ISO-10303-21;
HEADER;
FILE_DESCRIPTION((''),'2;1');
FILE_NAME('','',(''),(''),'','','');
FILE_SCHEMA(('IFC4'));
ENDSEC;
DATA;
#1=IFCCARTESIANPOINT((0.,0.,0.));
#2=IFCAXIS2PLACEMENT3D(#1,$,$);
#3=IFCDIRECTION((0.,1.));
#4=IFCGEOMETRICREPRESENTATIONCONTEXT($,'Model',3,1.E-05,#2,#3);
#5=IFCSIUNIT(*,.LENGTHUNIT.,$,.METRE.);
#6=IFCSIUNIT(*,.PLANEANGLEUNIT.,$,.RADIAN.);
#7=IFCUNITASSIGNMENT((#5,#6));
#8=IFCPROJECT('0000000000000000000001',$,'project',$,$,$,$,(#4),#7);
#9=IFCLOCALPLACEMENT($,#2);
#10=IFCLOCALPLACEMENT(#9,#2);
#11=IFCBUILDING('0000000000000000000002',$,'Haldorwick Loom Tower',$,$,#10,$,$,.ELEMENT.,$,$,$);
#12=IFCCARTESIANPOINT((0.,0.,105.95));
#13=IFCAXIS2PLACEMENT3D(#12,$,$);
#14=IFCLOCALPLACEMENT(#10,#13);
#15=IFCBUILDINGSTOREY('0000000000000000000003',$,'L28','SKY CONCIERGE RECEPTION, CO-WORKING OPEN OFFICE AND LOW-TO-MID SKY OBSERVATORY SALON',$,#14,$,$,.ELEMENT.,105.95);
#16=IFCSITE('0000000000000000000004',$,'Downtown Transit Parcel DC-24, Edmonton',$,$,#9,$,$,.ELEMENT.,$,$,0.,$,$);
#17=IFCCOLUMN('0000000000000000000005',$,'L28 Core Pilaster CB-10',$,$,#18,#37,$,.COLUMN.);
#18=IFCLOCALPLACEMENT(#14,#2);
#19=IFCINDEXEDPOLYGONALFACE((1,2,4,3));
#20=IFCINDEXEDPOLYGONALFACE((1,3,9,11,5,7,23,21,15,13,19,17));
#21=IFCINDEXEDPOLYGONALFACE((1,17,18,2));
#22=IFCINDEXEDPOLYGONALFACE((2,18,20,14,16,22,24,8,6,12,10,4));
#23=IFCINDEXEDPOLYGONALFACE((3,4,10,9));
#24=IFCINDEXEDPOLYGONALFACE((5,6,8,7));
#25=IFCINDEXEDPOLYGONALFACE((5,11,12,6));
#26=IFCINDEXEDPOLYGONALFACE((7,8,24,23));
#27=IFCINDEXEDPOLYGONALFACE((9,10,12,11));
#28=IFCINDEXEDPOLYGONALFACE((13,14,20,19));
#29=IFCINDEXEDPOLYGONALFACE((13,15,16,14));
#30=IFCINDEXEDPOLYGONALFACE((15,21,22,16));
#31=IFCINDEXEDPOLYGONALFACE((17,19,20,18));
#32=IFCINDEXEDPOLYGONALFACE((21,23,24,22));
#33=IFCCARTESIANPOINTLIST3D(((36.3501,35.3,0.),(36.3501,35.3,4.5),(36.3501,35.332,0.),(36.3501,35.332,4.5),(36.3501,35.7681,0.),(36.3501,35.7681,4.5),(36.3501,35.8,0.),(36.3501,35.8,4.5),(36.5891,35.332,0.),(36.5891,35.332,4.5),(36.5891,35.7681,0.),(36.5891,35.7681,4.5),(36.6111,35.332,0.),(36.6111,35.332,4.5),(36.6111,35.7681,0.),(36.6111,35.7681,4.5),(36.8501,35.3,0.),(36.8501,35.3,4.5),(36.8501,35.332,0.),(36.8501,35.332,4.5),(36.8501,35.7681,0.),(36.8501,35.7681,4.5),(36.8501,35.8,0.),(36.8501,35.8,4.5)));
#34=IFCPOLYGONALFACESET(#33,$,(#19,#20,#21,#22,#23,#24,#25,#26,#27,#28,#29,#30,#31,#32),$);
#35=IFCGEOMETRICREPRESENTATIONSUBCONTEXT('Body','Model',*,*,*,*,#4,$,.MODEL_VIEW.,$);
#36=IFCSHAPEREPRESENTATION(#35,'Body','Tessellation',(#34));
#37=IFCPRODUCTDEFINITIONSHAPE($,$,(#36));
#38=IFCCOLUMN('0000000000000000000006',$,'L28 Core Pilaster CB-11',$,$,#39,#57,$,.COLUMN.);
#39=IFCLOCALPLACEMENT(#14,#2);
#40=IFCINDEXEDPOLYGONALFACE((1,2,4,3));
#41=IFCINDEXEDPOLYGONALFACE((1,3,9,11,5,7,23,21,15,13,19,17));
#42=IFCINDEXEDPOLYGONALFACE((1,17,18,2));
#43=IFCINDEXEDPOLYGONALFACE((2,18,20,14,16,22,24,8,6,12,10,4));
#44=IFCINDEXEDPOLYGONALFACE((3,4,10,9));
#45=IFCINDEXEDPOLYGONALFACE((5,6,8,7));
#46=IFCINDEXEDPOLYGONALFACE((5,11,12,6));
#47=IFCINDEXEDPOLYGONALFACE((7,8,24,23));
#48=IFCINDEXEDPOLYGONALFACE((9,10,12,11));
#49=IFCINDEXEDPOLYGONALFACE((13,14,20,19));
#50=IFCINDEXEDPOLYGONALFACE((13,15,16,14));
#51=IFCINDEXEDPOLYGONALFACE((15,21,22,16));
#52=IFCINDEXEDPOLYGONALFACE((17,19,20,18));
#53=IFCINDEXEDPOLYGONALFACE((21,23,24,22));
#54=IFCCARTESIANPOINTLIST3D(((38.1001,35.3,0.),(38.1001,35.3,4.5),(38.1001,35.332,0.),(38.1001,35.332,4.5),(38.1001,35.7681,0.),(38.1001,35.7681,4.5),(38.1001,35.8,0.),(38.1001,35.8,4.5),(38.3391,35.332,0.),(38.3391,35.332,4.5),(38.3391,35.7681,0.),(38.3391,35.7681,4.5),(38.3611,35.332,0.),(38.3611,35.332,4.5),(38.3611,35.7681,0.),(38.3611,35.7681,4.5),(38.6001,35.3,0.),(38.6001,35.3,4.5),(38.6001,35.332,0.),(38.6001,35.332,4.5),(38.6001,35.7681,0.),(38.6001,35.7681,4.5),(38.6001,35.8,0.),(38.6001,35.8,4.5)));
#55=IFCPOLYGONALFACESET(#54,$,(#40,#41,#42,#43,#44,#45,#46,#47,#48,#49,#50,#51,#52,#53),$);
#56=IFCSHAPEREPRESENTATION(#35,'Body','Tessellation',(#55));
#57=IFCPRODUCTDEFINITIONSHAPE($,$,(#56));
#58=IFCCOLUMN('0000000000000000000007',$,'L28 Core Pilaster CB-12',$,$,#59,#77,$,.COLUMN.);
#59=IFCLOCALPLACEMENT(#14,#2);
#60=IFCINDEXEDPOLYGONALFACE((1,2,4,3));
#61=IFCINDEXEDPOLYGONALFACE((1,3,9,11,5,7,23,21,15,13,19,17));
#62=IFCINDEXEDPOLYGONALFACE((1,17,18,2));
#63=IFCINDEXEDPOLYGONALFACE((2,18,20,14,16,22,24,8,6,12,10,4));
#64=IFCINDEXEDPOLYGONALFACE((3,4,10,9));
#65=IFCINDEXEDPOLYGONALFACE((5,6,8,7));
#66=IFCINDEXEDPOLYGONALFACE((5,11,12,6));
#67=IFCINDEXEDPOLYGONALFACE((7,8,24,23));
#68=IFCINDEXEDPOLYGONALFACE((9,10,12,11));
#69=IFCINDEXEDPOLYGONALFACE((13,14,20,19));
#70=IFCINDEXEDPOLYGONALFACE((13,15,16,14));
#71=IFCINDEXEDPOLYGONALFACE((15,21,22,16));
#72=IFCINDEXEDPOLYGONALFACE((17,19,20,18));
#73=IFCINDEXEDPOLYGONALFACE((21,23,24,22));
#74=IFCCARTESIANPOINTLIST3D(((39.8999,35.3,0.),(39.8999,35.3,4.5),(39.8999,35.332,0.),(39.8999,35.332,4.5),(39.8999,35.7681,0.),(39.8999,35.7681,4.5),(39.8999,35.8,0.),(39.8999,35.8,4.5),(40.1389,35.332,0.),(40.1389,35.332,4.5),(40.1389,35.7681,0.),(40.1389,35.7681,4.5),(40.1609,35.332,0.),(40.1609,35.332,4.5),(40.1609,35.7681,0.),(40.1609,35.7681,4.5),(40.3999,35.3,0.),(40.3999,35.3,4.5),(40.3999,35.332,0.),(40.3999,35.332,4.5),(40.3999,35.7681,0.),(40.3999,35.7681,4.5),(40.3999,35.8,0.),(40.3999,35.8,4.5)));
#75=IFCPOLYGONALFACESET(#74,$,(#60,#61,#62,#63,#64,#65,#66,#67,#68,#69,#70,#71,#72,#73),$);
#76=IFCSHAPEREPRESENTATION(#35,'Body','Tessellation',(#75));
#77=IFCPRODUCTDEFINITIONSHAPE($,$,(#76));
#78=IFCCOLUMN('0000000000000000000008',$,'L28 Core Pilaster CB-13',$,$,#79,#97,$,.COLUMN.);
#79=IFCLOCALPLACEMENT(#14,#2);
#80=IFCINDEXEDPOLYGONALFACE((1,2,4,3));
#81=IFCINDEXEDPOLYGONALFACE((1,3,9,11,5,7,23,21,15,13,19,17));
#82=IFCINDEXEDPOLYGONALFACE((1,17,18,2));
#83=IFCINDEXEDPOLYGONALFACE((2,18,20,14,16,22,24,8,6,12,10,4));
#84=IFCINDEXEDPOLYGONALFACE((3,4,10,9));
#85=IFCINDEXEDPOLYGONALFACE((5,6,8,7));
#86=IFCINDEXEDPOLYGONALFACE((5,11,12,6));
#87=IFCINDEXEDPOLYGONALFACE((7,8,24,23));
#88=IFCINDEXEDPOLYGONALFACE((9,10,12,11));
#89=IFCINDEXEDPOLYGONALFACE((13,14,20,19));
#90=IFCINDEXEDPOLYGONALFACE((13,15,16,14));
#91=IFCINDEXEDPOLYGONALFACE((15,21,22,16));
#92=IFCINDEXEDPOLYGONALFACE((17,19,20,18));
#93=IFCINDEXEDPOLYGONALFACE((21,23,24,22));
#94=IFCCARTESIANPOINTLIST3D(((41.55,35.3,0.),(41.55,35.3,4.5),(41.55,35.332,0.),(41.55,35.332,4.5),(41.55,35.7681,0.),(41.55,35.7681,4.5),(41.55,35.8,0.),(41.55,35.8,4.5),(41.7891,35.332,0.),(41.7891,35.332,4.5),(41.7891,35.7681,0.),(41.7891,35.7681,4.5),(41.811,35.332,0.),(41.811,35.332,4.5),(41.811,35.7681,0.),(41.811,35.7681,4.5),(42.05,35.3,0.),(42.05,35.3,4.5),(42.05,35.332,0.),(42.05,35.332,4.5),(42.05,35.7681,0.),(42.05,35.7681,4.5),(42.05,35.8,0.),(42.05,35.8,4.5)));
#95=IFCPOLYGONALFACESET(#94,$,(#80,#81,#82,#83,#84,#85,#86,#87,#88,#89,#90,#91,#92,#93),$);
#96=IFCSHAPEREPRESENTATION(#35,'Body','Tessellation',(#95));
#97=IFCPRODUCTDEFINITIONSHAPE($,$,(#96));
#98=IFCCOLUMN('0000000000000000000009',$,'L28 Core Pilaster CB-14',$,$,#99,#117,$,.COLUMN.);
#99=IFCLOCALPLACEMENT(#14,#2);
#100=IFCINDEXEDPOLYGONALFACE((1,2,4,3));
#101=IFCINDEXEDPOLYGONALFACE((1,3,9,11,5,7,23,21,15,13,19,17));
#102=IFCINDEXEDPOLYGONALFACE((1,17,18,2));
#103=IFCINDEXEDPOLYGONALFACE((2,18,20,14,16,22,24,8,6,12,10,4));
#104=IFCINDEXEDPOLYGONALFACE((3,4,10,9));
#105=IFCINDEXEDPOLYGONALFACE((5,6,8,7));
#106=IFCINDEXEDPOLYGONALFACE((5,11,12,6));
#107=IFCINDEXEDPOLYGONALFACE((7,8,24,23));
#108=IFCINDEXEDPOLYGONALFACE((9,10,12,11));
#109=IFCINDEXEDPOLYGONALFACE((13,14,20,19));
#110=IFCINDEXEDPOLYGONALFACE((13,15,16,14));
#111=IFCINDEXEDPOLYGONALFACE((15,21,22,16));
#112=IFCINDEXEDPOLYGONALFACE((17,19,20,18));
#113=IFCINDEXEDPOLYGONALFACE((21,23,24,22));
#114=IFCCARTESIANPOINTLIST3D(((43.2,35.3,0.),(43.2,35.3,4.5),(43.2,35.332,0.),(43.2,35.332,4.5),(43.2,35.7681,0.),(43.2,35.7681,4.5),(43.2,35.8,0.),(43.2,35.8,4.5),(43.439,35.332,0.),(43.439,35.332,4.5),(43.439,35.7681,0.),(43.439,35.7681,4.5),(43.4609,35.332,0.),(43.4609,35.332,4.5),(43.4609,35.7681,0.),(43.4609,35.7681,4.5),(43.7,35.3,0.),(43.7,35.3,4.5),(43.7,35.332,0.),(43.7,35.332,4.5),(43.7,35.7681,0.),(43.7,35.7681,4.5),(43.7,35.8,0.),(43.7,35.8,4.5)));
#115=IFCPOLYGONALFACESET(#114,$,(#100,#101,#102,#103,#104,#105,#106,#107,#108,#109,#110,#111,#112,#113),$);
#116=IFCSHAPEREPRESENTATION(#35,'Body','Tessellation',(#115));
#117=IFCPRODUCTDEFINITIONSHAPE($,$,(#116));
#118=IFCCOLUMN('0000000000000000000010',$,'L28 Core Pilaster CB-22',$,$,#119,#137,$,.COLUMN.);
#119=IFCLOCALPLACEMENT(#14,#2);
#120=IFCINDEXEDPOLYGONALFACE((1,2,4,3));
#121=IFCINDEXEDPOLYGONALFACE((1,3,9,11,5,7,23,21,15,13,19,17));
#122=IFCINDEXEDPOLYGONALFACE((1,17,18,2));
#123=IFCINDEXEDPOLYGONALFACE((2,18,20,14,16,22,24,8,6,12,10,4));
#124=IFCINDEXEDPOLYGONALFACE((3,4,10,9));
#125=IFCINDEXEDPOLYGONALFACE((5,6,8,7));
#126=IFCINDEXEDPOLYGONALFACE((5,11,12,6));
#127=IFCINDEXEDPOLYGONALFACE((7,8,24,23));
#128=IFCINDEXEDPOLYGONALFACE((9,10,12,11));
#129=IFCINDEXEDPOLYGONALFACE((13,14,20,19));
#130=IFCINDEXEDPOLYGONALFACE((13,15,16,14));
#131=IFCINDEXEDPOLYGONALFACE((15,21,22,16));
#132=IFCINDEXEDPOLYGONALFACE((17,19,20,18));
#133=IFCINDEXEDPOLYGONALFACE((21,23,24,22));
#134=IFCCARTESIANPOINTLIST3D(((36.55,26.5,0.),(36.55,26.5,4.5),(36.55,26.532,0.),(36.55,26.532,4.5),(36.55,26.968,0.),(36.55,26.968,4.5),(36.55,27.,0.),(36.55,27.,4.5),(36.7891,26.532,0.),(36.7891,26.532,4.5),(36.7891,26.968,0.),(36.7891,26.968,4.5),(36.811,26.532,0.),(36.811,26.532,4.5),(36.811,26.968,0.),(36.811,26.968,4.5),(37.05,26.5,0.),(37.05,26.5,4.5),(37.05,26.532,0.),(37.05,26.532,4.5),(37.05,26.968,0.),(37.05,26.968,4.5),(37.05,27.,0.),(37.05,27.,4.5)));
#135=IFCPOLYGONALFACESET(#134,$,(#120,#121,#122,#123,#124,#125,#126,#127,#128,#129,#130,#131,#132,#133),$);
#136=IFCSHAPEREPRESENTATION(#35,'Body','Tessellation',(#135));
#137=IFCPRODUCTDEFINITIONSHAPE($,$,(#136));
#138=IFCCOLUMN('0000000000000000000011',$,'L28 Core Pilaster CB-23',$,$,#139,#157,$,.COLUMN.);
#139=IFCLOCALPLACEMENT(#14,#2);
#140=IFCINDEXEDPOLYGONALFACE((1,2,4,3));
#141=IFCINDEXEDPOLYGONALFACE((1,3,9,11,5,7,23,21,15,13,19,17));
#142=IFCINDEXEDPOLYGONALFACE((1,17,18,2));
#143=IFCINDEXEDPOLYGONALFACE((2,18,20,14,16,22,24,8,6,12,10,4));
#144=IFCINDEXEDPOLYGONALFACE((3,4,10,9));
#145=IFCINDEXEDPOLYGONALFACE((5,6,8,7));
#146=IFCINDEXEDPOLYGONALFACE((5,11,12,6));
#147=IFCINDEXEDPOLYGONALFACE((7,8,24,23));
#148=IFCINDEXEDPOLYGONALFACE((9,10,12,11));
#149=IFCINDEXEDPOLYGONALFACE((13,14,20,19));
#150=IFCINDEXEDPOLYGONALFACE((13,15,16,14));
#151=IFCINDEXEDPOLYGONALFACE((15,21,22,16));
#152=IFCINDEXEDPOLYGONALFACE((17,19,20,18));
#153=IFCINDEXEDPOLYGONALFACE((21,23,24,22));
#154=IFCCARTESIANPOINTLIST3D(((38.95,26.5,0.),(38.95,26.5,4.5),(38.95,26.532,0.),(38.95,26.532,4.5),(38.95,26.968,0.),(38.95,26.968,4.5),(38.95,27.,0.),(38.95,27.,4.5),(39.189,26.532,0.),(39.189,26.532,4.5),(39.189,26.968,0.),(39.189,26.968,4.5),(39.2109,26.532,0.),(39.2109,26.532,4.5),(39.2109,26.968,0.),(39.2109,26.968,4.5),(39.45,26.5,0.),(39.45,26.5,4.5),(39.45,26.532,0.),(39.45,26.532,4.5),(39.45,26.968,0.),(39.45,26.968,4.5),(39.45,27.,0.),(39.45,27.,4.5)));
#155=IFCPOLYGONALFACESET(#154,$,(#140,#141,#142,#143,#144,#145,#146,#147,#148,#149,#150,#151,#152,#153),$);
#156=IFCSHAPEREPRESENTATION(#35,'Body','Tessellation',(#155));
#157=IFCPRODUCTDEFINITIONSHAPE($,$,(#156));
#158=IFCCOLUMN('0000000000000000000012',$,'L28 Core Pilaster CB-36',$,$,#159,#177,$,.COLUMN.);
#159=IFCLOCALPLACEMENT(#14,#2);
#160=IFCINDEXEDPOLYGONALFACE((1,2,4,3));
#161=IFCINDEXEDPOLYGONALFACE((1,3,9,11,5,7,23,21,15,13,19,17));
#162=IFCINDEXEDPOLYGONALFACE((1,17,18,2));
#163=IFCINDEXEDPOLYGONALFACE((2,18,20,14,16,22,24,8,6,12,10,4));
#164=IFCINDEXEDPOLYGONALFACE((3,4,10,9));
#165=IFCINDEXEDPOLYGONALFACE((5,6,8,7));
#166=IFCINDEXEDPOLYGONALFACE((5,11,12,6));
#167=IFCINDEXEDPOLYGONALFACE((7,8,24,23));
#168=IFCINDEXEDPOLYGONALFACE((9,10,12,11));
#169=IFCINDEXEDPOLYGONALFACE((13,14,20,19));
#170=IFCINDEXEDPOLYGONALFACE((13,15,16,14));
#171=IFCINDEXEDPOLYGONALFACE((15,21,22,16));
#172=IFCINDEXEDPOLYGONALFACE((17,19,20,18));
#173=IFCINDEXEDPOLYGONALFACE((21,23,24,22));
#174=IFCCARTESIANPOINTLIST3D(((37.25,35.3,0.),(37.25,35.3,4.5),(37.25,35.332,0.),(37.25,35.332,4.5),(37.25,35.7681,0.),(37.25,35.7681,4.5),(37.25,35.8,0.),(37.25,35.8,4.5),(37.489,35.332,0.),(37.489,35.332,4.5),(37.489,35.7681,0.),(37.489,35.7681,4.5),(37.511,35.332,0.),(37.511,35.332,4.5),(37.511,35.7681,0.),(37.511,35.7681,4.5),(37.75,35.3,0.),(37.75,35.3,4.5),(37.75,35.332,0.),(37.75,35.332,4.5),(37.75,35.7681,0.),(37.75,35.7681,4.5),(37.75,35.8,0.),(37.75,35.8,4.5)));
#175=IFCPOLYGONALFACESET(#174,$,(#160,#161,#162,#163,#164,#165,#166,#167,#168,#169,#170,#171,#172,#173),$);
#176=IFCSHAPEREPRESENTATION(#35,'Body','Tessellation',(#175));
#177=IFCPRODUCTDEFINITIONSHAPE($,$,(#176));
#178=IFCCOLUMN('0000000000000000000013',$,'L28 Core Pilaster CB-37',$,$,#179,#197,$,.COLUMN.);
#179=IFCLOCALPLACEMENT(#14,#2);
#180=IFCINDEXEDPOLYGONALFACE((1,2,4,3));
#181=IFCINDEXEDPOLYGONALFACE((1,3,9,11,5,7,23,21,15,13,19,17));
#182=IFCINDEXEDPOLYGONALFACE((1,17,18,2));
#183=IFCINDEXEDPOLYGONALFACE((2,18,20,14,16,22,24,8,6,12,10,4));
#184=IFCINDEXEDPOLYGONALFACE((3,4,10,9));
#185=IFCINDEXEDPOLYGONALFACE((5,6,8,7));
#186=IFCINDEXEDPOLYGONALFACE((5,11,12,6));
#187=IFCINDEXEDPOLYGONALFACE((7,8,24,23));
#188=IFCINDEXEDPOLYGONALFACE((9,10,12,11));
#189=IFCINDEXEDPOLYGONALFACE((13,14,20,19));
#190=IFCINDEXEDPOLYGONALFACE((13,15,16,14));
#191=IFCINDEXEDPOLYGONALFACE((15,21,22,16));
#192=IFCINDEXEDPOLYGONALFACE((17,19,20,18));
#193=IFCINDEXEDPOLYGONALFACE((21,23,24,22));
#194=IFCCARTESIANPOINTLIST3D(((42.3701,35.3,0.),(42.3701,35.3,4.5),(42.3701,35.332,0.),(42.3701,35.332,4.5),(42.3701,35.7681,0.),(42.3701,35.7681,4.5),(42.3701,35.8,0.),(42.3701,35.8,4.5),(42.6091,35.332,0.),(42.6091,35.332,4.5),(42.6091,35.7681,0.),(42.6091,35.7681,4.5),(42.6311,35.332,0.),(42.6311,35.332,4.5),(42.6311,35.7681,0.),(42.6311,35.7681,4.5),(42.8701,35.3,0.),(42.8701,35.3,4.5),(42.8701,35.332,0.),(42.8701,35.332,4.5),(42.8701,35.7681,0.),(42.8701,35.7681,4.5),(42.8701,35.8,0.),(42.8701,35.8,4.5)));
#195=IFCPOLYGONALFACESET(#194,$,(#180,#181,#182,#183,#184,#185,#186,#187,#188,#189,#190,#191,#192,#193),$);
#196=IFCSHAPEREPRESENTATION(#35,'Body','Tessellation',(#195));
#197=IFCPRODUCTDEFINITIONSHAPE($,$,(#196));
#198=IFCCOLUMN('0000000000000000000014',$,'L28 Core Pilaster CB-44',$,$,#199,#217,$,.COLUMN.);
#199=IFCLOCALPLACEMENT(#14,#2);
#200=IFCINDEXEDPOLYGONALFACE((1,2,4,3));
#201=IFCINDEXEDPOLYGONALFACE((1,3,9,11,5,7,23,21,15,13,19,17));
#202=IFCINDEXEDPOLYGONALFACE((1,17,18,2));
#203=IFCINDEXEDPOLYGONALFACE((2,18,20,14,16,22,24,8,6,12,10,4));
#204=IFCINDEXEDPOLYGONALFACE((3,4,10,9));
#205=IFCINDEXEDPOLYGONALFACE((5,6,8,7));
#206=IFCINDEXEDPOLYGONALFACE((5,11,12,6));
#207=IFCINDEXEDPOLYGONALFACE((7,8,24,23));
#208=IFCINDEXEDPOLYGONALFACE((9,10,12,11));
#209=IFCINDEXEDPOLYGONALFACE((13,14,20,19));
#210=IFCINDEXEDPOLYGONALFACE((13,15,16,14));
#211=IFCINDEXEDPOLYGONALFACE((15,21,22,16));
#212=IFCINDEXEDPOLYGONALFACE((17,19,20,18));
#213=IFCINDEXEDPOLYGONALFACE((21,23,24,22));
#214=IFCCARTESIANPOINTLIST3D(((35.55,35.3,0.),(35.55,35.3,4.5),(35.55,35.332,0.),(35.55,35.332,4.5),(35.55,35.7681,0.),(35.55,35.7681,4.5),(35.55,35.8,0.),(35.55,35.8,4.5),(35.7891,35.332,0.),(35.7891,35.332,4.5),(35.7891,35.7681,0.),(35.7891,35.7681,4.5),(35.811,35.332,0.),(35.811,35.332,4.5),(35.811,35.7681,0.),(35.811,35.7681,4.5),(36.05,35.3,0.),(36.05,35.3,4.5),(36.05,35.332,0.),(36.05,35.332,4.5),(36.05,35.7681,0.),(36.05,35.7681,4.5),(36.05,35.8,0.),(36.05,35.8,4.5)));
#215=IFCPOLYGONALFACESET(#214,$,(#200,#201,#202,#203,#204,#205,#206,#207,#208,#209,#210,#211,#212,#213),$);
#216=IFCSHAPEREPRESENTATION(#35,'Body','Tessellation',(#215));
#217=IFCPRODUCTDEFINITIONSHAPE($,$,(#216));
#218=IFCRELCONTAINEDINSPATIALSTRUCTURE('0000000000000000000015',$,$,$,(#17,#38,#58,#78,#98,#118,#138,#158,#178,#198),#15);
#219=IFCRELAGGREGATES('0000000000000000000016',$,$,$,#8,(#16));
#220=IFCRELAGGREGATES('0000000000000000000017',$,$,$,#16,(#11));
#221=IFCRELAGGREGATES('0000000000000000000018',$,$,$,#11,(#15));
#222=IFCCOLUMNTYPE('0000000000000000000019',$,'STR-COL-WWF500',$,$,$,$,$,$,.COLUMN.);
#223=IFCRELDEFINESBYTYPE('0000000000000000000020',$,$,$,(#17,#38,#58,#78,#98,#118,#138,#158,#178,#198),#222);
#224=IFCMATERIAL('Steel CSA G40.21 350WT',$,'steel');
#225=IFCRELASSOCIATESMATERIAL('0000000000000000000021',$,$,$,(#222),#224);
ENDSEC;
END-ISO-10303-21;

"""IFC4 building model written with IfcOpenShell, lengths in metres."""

from ifc_helpers import new_model, si_unit, direction, frame, origin, origin_2d, place, context, subcontext, project, spatial, i_section, extrude, material, material_profile, profile_set, type_object, element, save


model = new_model("IFC4")

# Units and contexts
model_context = context("Model", 3, precision=1e-05, world=origin(), true_north=direction((0.0, 1.0)))
body_context = subcontext(model_context, "Body", "Model", "MODEL_VIEW")
ifc_project = project(units=[si_unit("LENGTHUNIT", "METRE"), si_unit("PLANEANGLEUNIT", "RADIAN")], contexts=[model_context])

# Site, building, storey
site_placement = place(None, origin())
site = spatial("IfcSite", under=ifc_project, at=site_placement, Name="Downtown Transit Parcel DC-24, Edmonton", CompositionType="ELEMENT", RefElevation=0.0)
building_placement = place(site_placement, origin())
building = spatial("IfcBuilding", under=site, at=building_placement, Name="Haldorwick Loom Tower", CompositionType="ELEMENT")
storey_placement = place(building_placement, frame((0.0, 0.0, 105.95)))
storey = spatial("IfcBuildingStorey", under=building, at=storey_placement, Name="L28", Description="SKY CONCIERGE RECEPTION, CO-WORKING OPEN OFFICE AND LOW-TO-MID SKY OBSERVATORY SALON", CompositionType="ELEMENT", Elevation=105.95)

# Columns
ifc_material_1 = material(Name="Steel CSA G40.21 350WT", Category="steel")
ifc_material_profile_1 = material_profile(ifc_material_1, i_section(OverallWidth=0.5, OverallDepth=0.5, WebThickness=0.022, FlangeThickness=0.032, at=origin_2d()), Name="WWF500X500", Category="steel")
ifc_profile_set_1 = profile_set([ifc_material_profile_1], Name="Steel CSA G40.21 350WT")
column_type = type_object("IfcColumnType", Name="STR-COL-WWF500", PredefinedType="COLUMN", material=ifc_profile_set_1)
for number, where, z_axis, x_axis, name in (
    (1, (36.6001, 35.55, 0.0), (0.0, 0.0, 1.0), (1.0, 0.0, 0.0), "L28 Core Pilaster CB-10"),
    (2, (38.3501, 35.55, 0.0), (0.0, 0.0, 1.0), (1.0, 0.0, 0.0), "L28 Core Pilaster CB-11"),
    (3, (40.1499, 35.55, 0.0), (0.0, 0.0, 1.0), (1.0, 0.0, 0.0), "L28 Core Pilaster CB-12"),
    (4, (41.8, 35.55, 0.0), (0.0, 0.0, 1.0), (1.0, 0.0, 0.0), "L28 Core Pilaster CB-13"),
    (5, (43.45, 35.55, 0.0), (0.0, 0.0, 1.0), (1.0, 0.0, 0.0), "L28 Core Pilaster CB-14"),
    (6, (36.8, 26.75, 0.0), (0.0, 0.0, 1.0), (1.0, 0.0, 0.0), "L28 Core Pilaster CB-22"),
    (7, (39.2, 26.75, 0.0), (0.0, 0.0, 1.0), (1.0, 0.0, 0.0), "L28 Core Pilaster CB-23"),
    (8, (37.5, 35.55, 0.0), (0.0, 0.0, 1.0), (1.0, 0.0, 0.0), "L28 Core Pilaster CB-36"),
    (9, (42.6201, 35.55, 0.0), (0.0, 0.0, 1.0), (1.0, 0.0, 0.0), "L28 Core Pilaster CB-37"),
    (10, (35.8, 35.55, 0.0), (0.0, 0.0, 1.0), (1.0, 0.0, 0.0), "L28 Core Pilaster CB-44"),
):
    element("IfcColumn", number, at=place(storey_placement, frame(where, z_axis=z_axis, x_axis=x_axis)), inside=storey, type_object=column_type, Name=name, PredefinedType="COLUMN", context=body_context, shape_type="SweptSolid", body=[
        extrude(i_section(OverallWidth=0.5, OverallDepth=0.5, WebThickness=0.022, FlangeThickness=0.032, at=origin_2d()), origin(), (0.0, 0.0, 1.0), 4.5),
    ])

save(model, "model.ifc")
